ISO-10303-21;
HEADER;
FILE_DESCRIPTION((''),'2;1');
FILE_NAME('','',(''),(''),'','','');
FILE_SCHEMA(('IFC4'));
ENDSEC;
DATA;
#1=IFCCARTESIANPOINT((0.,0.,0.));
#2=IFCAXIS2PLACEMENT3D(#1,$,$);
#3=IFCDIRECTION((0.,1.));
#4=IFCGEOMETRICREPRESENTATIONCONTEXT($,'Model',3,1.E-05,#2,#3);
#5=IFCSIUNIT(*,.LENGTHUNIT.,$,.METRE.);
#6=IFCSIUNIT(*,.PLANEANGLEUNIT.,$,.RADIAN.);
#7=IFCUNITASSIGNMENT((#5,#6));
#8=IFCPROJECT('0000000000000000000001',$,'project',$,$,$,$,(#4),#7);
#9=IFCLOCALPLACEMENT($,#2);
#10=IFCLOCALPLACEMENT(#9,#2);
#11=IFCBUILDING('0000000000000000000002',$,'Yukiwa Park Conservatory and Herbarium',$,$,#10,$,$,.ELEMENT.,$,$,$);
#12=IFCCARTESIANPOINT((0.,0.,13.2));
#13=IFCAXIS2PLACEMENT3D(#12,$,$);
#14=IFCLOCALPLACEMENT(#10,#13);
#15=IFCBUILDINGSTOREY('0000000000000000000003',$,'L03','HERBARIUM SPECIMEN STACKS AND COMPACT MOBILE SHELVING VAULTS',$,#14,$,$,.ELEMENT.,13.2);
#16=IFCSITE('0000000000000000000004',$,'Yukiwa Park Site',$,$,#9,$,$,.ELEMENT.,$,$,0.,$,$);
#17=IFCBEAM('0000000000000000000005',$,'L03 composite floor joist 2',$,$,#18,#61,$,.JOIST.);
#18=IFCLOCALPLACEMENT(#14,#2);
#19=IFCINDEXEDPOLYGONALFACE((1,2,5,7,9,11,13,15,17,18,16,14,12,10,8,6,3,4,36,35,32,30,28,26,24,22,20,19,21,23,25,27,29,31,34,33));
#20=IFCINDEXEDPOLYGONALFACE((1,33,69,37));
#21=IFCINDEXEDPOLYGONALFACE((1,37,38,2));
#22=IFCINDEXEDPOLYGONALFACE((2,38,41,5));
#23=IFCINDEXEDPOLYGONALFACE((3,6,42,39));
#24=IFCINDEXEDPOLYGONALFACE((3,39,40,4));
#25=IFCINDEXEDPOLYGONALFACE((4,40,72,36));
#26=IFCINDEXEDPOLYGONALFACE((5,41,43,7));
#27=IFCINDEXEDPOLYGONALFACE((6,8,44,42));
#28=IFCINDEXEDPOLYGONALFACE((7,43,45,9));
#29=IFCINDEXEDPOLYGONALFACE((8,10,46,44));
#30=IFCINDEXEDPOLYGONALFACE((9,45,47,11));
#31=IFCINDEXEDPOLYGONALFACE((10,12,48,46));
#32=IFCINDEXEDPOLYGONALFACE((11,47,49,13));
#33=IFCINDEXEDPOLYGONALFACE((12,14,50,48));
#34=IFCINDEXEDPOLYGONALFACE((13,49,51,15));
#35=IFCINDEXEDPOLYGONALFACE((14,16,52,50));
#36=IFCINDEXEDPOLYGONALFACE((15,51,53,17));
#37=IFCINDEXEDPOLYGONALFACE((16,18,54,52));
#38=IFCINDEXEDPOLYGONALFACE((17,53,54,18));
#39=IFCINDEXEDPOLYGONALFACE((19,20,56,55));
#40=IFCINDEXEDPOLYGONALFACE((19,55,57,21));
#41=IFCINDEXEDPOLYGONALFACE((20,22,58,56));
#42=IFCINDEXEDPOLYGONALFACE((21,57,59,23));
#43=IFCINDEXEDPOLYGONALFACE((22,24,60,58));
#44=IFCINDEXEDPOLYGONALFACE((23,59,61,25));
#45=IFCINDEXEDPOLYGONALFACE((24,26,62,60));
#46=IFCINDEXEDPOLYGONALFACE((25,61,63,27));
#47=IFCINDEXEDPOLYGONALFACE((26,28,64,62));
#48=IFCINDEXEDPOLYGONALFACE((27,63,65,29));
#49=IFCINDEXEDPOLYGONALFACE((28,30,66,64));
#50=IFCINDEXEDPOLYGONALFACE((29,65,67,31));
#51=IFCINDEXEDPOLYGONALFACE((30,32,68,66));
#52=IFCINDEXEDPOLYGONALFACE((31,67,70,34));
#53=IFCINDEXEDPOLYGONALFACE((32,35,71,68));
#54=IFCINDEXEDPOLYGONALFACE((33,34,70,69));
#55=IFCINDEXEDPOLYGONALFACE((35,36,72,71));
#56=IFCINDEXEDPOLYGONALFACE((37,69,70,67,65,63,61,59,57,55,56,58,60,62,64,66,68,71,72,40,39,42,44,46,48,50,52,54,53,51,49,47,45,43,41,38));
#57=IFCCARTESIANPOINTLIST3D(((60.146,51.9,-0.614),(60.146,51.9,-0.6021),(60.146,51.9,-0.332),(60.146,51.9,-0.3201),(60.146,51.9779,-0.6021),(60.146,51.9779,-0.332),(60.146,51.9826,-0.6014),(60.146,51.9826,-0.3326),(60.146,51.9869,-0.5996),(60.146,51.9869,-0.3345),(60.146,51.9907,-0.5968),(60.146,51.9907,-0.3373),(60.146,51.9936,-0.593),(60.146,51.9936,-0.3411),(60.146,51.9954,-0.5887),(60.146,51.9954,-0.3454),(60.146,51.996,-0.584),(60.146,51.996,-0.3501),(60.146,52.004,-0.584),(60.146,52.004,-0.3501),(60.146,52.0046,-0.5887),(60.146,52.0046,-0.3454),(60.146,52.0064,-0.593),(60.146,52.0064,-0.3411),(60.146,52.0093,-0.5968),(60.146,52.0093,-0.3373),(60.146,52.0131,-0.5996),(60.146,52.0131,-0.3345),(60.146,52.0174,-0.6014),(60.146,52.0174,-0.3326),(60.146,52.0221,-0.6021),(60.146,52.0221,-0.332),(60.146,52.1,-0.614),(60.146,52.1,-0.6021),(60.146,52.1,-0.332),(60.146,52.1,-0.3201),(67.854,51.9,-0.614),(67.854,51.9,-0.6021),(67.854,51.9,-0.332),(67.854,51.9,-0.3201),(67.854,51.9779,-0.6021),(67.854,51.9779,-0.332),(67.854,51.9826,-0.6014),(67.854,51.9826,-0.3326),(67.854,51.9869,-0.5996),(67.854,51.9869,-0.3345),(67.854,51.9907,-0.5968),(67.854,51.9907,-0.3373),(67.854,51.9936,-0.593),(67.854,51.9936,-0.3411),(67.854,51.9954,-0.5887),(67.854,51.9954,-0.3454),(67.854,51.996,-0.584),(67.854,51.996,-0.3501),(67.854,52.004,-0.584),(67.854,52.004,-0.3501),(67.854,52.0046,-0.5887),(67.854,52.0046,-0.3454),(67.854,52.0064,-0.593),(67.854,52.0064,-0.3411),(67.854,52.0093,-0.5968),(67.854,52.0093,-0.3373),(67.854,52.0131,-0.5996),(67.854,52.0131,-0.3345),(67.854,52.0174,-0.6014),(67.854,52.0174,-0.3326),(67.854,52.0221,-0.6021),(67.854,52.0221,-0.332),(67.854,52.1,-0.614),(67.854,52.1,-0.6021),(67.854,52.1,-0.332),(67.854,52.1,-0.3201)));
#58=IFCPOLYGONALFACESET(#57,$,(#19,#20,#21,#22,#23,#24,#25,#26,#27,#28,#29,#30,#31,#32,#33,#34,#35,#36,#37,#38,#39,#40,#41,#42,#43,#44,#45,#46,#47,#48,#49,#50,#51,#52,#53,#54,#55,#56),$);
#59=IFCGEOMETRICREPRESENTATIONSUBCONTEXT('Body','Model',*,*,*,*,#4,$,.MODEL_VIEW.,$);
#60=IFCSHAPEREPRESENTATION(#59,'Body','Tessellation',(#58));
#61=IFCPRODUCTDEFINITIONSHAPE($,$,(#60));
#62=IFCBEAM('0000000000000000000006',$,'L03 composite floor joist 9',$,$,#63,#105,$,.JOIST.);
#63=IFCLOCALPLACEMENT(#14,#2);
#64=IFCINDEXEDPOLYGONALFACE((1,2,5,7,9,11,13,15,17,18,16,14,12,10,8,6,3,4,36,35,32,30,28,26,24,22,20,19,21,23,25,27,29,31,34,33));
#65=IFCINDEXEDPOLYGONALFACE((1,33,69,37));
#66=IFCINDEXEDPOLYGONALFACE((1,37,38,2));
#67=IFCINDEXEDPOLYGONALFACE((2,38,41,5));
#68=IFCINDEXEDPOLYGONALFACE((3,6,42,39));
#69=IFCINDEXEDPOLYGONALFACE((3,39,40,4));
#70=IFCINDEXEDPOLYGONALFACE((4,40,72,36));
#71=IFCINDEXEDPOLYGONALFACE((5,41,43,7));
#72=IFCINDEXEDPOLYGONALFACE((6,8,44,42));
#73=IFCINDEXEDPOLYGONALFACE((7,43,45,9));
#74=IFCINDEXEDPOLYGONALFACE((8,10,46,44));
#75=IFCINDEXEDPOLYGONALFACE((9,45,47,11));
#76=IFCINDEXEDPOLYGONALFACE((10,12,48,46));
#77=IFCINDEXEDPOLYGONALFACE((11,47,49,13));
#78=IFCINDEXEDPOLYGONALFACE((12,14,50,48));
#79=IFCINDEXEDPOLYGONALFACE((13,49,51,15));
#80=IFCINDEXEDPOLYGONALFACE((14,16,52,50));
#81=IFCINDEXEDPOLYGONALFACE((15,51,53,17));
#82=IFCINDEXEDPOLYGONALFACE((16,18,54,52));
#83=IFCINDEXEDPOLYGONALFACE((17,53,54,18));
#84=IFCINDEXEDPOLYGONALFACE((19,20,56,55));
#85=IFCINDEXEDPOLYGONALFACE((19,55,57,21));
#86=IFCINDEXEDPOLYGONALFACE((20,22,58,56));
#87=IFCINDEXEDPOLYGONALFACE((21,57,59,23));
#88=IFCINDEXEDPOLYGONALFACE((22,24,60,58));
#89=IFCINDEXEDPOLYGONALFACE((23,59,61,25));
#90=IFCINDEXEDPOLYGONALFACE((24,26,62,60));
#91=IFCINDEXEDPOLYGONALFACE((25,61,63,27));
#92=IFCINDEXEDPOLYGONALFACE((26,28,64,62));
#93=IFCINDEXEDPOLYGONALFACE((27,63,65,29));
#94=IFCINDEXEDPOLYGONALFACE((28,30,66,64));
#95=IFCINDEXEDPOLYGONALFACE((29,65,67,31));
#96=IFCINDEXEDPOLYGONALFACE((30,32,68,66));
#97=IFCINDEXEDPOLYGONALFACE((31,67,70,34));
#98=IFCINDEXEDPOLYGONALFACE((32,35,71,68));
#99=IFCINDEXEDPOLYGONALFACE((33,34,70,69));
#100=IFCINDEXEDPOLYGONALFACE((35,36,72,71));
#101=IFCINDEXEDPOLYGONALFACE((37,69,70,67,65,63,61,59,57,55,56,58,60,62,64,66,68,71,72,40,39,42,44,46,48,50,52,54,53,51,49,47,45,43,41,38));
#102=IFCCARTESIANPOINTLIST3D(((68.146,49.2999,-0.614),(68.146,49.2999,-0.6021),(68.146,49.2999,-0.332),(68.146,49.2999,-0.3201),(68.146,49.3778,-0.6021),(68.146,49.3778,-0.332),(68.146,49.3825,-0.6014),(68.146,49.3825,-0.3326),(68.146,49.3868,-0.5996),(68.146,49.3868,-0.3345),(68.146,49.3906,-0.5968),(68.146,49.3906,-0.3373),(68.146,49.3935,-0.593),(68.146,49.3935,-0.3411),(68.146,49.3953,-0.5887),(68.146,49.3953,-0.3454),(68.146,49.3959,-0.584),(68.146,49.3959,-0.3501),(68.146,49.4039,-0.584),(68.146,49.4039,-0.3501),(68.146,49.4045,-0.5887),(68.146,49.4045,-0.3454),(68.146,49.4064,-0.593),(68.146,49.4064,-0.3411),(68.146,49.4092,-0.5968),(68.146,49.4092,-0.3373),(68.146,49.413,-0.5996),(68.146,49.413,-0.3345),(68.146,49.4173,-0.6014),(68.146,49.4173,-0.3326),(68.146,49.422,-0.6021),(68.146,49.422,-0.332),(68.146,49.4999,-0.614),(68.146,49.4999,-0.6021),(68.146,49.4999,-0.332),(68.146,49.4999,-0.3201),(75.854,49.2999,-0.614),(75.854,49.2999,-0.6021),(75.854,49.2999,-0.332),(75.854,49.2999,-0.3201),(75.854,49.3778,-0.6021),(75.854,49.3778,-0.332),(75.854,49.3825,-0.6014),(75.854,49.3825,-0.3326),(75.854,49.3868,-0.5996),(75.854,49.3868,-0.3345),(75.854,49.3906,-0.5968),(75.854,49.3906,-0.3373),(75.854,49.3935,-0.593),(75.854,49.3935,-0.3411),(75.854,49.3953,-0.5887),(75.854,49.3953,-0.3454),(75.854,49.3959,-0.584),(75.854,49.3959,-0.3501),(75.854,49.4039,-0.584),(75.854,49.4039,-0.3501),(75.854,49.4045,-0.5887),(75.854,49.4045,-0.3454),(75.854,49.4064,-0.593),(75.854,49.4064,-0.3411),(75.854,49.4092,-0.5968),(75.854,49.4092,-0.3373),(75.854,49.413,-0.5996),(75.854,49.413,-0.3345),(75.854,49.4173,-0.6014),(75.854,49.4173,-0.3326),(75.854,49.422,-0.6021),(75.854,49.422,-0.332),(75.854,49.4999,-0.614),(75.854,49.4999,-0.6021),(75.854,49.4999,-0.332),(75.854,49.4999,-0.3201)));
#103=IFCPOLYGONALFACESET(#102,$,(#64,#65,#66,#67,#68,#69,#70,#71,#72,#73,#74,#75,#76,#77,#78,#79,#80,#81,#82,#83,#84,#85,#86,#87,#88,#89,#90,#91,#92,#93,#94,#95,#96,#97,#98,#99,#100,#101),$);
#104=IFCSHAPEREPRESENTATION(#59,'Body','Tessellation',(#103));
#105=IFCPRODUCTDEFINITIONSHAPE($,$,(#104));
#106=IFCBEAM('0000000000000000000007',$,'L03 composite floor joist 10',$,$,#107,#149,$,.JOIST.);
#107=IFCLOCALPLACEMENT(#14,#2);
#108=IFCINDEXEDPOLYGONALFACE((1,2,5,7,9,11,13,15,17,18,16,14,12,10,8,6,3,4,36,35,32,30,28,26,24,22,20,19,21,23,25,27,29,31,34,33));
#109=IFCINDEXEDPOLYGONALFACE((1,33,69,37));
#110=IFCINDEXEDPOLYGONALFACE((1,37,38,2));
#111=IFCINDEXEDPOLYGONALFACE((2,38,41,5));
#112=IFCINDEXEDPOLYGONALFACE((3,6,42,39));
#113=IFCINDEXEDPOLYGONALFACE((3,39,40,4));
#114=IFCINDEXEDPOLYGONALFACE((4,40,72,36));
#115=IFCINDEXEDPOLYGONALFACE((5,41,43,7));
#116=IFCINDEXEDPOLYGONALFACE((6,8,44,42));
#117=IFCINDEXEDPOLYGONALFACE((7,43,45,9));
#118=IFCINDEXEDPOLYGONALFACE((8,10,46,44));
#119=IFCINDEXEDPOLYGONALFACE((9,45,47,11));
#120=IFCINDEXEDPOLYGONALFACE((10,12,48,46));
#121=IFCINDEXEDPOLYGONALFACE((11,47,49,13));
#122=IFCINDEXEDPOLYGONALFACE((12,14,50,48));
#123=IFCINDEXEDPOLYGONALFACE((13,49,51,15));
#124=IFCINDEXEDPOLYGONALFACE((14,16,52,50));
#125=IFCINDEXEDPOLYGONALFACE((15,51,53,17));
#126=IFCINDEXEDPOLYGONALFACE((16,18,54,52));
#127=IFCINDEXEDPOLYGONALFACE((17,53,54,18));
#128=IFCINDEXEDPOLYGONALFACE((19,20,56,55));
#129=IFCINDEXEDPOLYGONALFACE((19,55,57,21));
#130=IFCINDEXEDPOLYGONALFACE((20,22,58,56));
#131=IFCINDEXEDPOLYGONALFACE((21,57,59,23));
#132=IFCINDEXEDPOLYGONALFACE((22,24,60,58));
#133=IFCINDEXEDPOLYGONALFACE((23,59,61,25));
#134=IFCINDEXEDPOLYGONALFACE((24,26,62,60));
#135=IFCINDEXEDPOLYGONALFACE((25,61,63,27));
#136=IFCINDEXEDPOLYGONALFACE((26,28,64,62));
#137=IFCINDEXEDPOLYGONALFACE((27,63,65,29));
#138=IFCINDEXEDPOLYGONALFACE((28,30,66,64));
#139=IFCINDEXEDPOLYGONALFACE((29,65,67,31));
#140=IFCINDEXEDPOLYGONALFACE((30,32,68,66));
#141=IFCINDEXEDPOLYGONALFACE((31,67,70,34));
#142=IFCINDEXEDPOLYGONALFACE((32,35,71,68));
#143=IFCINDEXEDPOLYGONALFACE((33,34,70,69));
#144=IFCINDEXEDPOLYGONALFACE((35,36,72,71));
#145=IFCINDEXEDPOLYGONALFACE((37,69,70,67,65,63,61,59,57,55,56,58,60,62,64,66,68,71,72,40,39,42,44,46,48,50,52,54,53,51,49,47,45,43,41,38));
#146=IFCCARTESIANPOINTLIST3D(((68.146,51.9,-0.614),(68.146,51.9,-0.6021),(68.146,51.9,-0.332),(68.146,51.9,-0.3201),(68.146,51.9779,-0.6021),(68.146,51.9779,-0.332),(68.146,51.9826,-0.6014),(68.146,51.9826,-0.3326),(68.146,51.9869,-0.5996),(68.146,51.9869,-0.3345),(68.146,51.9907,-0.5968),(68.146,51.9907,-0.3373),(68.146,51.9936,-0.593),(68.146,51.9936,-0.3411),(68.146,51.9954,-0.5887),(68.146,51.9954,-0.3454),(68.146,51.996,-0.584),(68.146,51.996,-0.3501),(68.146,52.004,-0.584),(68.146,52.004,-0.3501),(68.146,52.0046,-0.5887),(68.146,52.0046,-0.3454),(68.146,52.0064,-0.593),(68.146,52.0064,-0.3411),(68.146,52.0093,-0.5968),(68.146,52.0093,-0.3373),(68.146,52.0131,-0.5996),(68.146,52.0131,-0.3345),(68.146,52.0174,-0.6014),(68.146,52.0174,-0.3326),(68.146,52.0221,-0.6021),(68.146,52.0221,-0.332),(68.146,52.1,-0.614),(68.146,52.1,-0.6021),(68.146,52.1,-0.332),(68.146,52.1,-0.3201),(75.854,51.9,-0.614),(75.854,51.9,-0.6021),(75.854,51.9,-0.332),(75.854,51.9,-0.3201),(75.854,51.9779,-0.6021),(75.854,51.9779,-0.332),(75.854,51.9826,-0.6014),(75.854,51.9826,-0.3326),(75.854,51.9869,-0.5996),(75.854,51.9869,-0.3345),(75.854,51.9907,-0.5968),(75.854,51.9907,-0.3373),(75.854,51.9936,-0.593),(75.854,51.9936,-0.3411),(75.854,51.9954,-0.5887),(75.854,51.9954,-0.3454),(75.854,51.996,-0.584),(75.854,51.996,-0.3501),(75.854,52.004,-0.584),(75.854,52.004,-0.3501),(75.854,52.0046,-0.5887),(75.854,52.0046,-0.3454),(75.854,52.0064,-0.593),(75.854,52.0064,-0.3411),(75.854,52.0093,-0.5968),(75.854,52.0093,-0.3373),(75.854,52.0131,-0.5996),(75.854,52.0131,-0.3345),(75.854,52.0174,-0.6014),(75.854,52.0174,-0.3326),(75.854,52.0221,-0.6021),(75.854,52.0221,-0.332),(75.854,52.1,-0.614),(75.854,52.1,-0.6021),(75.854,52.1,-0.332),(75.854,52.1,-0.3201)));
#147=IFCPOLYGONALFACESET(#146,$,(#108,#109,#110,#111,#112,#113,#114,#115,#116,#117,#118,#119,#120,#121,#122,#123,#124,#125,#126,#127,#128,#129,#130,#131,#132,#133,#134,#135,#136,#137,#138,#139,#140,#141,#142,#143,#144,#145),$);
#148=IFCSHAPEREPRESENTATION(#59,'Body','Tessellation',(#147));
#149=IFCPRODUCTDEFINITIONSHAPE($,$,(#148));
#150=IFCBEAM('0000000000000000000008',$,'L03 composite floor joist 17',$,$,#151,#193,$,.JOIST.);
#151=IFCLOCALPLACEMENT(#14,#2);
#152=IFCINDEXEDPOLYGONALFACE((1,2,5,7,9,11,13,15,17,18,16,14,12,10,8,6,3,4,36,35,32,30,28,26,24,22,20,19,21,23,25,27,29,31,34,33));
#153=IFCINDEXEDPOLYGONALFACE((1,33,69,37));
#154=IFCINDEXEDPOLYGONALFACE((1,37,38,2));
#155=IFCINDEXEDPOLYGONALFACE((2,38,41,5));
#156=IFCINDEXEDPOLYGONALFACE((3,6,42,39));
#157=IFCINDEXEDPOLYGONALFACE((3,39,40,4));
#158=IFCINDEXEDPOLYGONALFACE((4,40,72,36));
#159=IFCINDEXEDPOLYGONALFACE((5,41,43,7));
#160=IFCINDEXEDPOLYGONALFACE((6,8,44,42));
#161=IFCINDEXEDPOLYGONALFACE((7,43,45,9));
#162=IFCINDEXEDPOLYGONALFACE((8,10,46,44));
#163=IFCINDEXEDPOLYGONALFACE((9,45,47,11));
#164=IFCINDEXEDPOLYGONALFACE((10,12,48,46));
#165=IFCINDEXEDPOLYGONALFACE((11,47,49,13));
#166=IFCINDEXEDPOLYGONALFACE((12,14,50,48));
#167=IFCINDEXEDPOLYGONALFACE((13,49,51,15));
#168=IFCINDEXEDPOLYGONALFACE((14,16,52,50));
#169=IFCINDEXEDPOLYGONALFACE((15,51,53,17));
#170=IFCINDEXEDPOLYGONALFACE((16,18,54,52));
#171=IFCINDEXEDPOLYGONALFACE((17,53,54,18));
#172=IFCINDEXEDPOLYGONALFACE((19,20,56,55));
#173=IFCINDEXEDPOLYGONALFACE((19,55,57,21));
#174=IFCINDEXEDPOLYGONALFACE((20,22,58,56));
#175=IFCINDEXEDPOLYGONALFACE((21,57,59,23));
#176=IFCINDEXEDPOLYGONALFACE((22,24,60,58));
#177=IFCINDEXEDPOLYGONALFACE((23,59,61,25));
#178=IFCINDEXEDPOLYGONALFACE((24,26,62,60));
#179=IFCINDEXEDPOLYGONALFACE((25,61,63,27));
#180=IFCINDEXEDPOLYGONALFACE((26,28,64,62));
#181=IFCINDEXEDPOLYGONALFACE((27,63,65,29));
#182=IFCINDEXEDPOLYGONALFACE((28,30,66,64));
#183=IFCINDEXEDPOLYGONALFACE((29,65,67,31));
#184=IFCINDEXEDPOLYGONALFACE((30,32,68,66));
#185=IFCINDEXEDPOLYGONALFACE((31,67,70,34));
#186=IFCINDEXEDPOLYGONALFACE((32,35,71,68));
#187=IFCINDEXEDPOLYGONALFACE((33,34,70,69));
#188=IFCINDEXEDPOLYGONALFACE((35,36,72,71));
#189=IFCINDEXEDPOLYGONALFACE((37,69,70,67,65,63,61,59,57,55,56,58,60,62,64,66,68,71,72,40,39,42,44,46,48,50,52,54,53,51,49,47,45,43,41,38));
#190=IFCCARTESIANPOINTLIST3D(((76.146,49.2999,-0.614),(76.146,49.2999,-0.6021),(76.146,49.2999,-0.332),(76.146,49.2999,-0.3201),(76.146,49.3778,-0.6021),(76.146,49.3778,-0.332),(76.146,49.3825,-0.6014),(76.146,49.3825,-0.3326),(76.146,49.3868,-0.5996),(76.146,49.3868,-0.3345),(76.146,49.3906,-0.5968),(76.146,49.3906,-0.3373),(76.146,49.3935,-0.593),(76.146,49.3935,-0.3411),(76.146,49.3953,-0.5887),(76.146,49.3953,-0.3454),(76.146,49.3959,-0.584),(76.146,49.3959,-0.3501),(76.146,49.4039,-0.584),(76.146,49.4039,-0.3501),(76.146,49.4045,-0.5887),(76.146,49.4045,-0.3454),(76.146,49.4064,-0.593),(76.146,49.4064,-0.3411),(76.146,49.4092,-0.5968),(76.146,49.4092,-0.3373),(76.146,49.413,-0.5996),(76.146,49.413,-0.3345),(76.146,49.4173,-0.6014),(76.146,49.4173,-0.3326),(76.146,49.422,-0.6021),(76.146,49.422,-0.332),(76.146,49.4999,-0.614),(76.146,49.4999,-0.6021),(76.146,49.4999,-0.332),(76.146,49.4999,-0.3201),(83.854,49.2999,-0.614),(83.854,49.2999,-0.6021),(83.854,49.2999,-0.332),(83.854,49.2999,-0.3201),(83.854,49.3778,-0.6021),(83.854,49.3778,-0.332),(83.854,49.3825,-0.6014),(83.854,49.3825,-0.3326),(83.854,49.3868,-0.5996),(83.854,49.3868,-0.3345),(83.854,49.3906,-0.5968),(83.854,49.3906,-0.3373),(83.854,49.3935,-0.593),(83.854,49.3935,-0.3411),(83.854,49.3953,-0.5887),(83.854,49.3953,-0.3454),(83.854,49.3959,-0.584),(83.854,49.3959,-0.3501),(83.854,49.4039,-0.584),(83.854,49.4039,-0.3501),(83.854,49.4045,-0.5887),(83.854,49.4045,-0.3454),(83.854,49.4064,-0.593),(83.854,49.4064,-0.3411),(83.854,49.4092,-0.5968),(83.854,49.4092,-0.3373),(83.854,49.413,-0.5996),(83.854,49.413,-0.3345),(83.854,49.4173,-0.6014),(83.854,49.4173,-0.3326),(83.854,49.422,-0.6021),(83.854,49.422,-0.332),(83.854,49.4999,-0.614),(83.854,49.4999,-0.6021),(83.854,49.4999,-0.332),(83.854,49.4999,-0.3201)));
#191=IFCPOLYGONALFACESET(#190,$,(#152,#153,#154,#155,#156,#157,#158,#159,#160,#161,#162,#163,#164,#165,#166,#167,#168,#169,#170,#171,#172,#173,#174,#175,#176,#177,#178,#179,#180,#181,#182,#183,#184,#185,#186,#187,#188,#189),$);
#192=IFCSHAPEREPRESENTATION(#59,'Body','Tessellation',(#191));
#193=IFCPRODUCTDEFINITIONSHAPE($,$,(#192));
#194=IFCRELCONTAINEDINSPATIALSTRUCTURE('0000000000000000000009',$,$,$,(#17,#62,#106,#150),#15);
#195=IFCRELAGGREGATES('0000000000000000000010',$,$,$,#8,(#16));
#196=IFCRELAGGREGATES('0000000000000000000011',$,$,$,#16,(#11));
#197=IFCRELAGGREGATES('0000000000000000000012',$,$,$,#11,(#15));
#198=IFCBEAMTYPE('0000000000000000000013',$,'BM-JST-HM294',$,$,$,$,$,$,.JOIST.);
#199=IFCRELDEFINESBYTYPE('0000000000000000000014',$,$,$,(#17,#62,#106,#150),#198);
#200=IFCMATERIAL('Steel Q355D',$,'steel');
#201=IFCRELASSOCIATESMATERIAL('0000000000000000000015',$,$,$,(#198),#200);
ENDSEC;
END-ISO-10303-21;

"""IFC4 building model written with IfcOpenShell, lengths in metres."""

from ifc_helpers import new_model, si_unit, direction, frame, origin, origin_2d, place, context, subcontext, project, spatial, i_section, extrude, material, material_profile, profile_set, type_object, element, save


model = new_model("IFC4")

# Units and contexts
model_context = context("Model", 3, precision=1e-05, world=origin(), true_north=direction((0.0, 1.0)))
body_context = subcontext(model_context, "Body", "Model", "MODEL_VIEW")
ifc_project = project(units=[si_unit("LENGTHUNIT", "METRE"), si_unit("PLANEANGLEUNIT", "RADIAN")], contexts=[model_context])

# Site, building, storey
site_placement = place(None, origin())
site = spatial("IfcSite", under=ifc_project, at=site_placement, Name="Yukiwa Park Site", CompositionType="ELEMENT", RefElevation=0.0)
building_placement = place(site_placement, origin())
building = spatial("IfcBuilding", under=site, at=building_placement, Name="Yukiwa Park Conservatory and Herbarium", CompositionType="ELEMENT")
storey_placement = place(building_placement, frame((0.0, 0.0, 13.2)))
storey = spatial("IfcBuildingStorey", under=building, at=storey_placement, Name="L03", Description="HERBARIUM SPECIMEN STACKS AND COMPACT MOBILE SHELVING VAULTS", CompositionType="ELEMENT", Elevation=13.2)

# Beams
ifc_material_1 = material(Name="Steel Q355D", Category="steel")
ifc_material_profile_1 = material_profile(ifc_material_1, i_section(OverallWidth=0.2, OverallDepth=0.2939, WebThickness=0.0081, FlangeThickness=0.012, FilletRadius=0.0181, at=origin_2d()), Name="HM 294x200x8x12")
ifc_profile_set_1 = profile_set([ifc_material_profile_1], Name="Steel Q355D")
beam_type_1 = type_object("IfcBeamType", Name="BM-JST-HM294", PredefinedType="JOIST", material=ifc_profile_set_1)
for number, where, z_axis, x_axis, name in (
    (1, (60.146, 52.0, -0.467), (1.0, 0.0, 0.0), (0.0, 1.0, 0.0), "L03 composite floor joist 2"),
    (2, (68.146, 49.3999, -0.467), (1.0, 0.0, 0.0), (0.0, 1.0, 0.0), "L03 composite floor joist 9"),
    (3, (68.146, 52.0, -0.467), (1.0, 0.0, 0.0), (0.0, 1.0, 0.0), "L03 composite floor joist 10"),
    (4, (76.146, 49.3999, -0.467), (1.0, 0.0, 0.0), (0.0, 1.0, 0.0), "L03 composite floor joist 17"),
):
    element("IfcBeam", number, at=place(storey_placement, frame(where, z_axis=z_axis, x_axis=x_axis)), inside=storey, type_object=beam_type_1, Name=name, PredefinedType="JOIST", context=body_context, shape_type="SweptSolid", body=[
        extrude(i_section(OverallWidth=0.2, OverallDepth=0.2939, WebThickness=0.0081, FlangeThickness=0.012, FilletRadius=0.0181, at=origin_2d()), origin(), (0.0, 0.0, 1.0), 7.708),
    ])

save(model, "model.ifc")
